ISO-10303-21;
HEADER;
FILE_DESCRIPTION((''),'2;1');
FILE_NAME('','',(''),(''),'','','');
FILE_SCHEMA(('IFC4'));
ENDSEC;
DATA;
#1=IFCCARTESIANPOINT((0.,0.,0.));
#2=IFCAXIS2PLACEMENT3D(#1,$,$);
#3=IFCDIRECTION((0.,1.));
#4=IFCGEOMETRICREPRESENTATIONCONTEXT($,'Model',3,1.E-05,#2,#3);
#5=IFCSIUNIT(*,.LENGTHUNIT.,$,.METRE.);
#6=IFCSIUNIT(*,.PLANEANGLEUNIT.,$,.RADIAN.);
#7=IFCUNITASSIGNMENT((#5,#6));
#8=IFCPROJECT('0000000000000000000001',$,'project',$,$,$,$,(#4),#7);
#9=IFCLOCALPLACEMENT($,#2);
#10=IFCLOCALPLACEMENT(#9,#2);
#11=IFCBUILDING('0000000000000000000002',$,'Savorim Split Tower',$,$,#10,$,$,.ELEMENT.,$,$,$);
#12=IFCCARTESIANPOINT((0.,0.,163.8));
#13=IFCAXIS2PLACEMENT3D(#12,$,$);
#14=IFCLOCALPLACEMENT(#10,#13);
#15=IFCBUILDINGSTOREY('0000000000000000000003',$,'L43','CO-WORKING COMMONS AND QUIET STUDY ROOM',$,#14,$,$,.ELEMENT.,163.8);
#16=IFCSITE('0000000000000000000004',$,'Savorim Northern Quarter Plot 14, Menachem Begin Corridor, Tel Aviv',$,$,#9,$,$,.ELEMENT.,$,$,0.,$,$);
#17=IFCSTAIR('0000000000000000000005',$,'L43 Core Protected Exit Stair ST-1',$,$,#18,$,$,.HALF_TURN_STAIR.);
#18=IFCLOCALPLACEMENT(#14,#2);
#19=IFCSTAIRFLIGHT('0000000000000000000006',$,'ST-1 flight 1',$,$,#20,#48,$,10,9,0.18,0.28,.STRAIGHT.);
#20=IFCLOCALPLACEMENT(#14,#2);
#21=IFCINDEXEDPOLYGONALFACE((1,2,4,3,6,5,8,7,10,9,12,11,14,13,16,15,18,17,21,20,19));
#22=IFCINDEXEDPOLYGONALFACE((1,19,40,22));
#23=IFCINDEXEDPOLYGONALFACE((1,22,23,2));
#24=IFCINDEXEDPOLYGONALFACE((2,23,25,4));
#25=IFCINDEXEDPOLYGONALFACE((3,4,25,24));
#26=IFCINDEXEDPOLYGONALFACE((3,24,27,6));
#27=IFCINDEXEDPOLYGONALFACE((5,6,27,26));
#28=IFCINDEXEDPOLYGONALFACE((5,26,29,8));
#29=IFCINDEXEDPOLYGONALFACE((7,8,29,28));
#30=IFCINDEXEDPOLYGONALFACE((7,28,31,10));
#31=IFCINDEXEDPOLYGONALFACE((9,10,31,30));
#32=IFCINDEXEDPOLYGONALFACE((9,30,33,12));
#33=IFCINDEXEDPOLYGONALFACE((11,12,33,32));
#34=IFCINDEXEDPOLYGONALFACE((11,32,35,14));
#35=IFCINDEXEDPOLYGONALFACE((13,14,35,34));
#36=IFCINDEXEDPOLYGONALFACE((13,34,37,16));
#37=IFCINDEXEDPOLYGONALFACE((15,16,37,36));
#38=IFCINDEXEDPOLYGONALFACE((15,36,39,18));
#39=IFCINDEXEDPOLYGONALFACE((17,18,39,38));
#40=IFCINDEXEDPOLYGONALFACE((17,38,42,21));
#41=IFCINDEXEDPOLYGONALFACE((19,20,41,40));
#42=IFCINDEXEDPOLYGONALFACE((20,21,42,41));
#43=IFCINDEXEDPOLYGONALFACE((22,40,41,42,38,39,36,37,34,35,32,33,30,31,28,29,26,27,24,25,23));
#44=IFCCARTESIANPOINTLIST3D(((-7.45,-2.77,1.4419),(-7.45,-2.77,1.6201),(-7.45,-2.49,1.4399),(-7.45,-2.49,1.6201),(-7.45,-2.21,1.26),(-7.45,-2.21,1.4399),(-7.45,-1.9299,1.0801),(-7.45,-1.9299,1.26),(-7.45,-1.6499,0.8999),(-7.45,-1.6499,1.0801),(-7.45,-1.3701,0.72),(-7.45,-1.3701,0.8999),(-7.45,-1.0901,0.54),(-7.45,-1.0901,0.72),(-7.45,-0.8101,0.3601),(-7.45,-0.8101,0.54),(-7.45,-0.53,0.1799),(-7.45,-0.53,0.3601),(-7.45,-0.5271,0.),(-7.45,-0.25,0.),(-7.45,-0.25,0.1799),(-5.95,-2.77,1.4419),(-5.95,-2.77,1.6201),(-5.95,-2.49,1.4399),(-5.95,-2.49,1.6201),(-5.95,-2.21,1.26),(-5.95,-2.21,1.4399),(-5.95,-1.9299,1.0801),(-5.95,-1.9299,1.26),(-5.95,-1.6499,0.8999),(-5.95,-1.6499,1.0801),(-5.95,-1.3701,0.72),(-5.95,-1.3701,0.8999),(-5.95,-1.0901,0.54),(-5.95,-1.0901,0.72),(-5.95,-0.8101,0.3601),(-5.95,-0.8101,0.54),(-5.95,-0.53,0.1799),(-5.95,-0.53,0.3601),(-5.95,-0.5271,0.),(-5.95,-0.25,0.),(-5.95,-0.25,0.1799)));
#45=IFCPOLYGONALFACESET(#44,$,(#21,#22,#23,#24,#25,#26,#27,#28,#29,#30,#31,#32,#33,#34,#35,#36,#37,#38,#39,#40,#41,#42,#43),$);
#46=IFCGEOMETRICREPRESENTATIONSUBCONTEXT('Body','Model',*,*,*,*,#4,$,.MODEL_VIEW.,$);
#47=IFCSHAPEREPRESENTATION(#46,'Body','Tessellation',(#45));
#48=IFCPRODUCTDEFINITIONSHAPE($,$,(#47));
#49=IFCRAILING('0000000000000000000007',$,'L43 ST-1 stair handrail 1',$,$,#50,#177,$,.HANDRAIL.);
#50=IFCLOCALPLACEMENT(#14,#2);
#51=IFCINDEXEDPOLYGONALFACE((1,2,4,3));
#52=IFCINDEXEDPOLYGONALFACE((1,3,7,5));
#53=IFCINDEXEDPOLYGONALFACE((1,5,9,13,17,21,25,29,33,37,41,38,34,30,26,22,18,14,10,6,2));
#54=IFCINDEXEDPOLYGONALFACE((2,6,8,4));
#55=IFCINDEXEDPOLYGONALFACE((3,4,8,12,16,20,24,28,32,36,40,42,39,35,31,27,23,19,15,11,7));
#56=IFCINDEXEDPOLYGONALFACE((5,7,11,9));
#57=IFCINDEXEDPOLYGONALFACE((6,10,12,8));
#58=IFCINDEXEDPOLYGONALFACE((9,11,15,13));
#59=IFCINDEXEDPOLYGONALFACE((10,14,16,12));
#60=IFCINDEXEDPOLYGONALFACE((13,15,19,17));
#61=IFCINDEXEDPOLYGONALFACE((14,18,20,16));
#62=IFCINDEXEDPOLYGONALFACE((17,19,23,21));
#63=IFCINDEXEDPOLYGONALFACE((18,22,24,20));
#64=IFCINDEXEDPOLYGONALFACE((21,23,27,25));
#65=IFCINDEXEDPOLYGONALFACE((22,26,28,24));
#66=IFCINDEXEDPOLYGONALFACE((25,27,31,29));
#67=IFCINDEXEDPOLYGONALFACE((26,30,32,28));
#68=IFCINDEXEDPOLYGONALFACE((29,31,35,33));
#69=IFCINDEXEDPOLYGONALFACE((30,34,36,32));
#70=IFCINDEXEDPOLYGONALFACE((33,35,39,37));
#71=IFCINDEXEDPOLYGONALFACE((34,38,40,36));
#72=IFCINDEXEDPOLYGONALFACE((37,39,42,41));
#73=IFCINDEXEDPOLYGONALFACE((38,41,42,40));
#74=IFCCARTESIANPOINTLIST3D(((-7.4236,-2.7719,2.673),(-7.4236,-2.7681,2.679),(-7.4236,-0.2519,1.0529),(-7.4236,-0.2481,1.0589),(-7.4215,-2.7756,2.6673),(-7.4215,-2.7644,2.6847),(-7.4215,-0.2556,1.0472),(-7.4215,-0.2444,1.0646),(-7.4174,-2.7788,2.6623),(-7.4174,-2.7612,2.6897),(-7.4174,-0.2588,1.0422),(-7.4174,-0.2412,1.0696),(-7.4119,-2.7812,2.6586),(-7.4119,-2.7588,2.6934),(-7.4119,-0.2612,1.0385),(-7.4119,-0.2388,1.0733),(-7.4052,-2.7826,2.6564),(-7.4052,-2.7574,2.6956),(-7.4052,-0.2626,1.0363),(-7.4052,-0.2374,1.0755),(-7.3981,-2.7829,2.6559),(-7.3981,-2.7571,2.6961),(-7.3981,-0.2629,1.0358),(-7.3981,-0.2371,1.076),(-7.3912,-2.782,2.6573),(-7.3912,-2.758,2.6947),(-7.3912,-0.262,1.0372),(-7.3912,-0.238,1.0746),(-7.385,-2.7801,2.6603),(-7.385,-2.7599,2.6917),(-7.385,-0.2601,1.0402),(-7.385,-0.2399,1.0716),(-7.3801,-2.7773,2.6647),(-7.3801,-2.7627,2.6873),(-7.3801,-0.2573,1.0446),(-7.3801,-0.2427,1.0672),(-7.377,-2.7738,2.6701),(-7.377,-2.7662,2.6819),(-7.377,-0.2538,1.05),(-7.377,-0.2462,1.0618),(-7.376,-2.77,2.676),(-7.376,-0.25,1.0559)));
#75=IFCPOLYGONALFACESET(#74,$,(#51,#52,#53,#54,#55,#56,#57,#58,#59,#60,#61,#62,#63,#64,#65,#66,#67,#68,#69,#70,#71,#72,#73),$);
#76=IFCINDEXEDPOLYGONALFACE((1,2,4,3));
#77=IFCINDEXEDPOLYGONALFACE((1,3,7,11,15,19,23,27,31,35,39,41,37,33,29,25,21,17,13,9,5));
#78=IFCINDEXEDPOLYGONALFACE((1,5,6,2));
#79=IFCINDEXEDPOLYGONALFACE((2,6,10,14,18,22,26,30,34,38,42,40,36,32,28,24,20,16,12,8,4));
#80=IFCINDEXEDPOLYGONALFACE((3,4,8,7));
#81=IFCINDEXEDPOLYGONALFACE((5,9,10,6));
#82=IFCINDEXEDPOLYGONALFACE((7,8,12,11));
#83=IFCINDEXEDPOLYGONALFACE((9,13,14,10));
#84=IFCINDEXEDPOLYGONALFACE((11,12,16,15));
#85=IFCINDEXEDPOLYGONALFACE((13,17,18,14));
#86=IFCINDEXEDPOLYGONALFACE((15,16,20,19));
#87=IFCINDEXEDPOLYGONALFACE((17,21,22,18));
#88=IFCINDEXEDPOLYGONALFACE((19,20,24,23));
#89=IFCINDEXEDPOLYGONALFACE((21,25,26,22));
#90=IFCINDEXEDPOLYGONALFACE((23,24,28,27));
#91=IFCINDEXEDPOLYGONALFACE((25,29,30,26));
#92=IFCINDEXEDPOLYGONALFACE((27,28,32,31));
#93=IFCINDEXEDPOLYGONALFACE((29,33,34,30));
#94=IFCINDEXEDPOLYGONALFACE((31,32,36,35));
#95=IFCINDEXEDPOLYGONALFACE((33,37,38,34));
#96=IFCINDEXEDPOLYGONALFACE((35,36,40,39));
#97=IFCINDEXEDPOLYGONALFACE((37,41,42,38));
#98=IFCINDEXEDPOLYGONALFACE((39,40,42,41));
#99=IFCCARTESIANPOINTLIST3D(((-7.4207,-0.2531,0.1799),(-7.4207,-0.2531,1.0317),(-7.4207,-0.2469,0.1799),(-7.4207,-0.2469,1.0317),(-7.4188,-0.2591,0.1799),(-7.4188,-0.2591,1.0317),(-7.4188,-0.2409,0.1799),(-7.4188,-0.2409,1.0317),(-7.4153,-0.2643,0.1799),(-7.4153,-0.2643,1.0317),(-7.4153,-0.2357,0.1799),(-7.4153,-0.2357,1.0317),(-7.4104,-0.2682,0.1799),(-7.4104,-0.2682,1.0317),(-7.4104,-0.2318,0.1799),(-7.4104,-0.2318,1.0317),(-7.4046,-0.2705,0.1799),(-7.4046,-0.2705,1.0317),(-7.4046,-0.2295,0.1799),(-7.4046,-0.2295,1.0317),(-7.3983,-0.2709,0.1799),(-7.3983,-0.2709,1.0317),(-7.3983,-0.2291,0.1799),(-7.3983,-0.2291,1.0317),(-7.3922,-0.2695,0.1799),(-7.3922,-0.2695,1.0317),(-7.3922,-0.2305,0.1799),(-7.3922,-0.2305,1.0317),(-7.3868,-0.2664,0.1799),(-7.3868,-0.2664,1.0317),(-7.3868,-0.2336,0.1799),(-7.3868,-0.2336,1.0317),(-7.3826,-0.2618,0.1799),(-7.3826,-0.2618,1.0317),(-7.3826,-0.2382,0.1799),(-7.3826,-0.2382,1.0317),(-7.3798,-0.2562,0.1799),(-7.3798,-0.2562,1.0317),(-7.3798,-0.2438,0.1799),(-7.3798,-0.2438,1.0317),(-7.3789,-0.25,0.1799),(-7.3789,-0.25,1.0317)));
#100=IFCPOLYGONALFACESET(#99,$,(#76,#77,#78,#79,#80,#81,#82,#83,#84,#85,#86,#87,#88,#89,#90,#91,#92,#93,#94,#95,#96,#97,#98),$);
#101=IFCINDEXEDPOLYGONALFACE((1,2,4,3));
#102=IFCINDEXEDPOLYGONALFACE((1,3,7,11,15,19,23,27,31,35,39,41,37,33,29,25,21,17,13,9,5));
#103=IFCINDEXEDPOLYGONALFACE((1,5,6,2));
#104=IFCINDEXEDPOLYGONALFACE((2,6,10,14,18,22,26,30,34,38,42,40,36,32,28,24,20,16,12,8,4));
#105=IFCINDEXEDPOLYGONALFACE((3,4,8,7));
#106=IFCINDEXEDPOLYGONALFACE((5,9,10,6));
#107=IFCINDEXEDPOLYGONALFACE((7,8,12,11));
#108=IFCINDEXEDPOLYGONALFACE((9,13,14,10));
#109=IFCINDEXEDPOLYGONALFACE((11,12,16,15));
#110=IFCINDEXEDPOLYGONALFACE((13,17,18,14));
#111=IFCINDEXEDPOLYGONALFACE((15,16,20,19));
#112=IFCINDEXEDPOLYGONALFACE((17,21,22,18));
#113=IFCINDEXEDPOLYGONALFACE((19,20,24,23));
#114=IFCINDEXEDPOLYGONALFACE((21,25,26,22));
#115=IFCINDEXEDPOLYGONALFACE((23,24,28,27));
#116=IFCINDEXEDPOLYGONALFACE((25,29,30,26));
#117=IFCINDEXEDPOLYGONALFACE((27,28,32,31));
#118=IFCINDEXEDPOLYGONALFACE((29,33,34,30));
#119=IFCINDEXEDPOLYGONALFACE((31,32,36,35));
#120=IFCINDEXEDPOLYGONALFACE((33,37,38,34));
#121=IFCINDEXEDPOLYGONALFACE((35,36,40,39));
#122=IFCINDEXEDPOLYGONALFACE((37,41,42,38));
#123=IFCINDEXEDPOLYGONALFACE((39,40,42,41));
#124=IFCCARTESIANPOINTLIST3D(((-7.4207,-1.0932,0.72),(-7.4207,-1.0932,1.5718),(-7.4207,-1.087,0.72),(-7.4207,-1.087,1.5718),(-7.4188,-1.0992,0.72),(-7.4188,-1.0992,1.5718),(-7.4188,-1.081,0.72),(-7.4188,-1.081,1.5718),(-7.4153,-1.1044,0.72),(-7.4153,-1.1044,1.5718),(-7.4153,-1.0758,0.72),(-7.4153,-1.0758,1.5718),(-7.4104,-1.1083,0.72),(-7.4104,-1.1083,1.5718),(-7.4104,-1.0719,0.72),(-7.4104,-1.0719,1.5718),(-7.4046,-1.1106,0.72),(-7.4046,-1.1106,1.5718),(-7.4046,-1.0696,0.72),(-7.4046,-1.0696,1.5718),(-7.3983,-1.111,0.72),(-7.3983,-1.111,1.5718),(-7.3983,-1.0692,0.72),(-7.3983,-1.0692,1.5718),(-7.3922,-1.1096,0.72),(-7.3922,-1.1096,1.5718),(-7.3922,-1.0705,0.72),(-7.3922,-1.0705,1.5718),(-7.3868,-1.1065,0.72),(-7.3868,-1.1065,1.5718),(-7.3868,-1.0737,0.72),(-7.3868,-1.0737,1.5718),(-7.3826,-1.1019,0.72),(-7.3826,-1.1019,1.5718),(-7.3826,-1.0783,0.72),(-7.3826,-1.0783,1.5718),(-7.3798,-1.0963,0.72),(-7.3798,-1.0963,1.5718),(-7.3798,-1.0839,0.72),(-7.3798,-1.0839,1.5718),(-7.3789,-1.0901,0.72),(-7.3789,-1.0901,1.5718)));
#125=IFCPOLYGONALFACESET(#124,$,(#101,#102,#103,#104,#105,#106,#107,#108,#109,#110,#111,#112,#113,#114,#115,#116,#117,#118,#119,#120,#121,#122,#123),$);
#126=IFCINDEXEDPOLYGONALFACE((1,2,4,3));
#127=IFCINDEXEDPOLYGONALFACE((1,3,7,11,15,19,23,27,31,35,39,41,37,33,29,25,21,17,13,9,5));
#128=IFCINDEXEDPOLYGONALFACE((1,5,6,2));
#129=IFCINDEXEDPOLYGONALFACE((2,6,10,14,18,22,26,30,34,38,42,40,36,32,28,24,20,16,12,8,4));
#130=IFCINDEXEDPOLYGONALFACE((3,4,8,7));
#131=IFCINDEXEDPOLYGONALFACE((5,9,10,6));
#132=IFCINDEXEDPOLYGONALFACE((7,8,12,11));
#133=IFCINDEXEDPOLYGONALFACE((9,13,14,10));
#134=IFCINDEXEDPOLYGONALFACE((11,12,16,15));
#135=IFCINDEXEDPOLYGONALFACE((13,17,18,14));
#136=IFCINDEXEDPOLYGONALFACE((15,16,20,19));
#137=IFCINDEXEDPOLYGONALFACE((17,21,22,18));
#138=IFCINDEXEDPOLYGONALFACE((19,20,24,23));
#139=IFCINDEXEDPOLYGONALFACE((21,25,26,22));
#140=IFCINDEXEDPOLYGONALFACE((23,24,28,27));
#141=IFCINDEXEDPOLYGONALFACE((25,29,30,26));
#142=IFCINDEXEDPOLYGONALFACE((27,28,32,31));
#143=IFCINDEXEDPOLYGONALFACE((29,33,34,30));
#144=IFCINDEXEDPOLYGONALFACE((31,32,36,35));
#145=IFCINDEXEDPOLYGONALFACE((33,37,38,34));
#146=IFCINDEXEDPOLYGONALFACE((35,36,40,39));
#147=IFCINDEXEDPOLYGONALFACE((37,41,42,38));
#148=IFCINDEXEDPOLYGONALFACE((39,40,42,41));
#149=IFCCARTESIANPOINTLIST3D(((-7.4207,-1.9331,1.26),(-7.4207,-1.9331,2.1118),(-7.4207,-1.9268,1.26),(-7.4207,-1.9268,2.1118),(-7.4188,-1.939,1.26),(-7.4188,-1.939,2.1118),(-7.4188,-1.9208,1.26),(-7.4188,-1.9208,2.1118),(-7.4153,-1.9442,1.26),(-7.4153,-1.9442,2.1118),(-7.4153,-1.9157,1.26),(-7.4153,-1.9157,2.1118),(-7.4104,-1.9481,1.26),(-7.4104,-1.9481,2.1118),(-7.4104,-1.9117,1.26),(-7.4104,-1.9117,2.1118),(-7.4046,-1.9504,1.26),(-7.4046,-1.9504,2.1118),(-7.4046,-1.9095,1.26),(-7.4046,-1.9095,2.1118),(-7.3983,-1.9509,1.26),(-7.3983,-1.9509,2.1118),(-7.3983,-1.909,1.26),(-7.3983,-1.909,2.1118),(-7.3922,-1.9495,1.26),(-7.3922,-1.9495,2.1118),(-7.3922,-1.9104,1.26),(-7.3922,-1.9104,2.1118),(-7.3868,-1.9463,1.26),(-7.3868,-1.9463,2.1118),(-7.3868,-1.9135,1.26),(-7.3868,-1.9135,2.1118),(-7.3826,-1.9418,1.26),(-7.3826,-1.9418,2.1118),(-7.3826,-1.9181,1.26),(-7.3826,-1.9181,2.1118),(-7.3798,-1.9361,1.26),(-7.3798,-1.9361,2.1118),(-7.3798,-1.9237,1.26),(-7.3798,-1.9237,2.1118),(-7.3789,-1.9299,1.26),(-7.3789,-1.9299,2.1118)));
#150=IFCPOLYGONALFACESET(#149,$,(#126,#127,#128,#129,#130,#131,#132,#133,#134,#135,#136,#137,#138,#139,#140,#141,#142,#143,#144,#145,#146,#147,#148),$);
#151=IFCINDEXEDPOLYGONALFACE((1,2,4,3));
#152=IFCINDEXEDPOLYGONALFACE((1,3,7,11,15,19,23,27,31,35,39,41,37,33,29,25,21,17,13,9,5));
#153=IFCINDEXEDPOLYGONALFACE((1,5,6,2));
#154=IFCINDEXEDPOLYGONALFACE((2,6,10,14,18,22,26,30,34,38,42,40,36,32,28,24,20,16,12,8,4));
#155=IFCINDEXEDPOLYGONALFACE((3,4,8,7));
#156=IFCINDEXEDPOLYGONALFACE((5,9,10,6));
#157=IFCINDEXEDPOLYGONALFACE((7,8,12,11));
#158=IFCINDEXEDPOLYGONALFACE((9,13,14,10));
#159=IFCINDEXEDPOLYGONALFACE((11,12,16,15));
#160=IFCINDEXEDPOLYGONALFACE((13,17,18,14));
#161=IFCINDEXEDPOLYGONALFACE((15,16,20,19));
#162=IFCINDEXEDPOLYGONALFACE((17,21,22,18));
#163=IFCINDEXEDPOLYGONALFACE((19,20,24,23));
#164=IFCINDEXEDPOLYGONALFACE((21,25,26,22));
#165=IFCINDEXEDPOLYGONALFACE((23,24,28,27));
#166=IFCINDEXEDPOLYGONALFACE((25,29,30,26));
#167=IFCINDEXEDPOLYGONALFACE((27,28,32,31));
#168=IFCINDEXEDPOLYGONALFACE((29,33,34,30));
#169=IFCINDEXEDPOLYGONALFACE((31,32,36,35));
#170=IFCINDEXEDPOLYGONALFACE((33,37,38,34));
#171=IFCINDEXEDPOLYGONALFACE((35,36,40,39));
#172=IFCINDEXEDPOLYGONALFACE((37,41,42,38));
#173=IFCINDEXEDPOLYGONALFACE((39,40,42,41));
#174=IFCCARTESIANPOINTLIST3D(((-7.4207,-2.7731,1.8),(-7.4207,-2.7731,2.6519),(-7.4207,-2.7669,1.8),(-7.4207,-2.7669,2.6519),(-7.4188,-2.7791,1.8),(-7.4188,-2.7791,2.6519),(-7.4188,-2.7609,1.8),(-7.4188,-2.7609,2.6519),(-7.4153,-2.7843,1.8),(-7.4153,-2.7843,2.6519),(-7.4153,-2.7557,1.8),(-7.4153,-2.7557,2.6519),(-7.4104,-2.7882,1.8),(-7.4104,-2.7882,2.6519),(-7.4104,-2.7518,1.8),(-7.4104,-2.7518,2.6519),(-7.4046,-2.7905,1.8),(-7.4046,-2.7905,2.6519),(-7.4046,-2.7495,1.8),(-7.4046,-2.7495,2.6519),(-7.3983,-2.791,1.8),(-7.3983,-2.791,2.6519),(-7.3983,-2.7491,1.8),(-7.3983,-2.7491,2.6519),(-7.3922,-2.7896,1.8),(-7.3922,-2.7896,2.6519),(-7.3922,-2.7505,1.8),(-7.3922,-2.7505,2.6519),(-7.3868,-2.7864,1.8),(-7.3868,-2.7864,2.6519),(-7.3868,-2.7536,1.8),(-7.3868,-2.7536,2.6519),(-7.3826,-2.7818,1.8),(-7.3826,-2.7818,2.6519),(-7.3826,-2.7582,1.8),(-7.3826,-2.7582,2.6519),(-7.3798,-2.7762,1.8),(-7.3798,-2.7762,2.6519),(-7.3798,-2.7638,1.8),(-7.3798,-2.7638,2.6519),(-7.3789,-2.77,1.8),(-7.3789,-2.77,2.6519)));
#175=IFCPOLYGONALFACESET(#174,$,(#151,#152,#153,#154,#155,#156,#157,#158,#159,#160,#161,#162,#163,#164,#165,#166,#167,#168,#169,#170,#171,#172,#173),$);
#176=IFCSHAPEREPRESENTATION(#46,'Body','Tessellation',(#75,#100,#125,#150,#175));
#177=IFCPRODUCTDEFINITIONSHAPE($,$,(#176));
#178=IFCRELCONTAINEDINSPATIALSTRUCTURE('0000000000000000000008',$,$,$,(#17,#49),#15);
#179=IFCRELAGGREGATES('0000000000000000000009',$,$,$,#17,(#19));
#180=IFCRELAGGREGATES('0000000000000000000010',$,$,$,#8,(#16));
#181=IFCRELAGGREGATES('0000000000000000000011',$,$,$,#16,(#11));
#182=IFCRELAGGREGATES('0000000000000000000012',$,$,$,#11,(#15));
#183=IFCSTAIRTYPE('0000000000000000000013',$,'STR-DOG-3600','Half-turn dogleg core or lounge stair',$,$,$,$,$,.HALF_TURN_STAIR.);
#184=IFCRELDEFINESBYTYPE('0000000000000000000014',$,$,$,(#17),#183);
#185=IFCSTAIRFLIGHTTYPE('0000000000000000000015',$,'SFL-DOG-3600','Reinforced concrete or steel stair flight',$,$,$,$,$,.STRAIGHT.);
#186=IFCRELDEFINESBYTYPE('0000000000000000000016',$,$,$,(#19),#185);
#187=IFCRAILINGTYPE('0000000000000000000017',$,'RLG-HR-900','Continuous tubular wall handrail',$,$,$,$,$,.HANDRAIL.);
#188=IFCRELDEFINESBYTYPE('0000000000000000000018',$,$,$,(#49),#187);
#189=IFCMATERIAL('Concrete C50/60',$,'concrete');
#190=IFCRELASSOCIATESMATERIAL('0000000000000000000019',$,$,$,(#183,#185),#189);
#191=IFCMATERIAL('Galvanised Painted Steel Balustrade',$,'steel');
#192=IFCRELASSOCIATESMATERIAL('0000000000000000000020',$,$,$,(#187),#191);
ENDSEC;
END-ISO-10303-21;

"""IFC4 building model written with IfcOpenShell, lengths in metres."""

from ifc_helpers import new_model, si_unit, direction, frame, origin, origin_2d, place, context, subcontext, project, spatial, polyline, circle, outline, extrude, material, type_object, element, aggregate, save


model = new_model("IFC4")

# Units and contexts
model_context = context("Model", 3, precision=1e-05, world=origin(), true_north=direction((0.0, 1.0)))
body_context = subcontext(model_context, "Body", "Model", "MODEL_VIEW")
ifc_project = project(units=[si_unit("LENGTHUNIT", "METRE"), si_unit("PLANEANGLEUNIT", "RADIAN")], contexts=[model_context])

# Site, building, storey
site_placement = place(None, origin())
site = spatial("IfcSite", under=ifc_project, at=site_placement, Name="Savorim Northern Quarter Plot 14, Menachem Begin Corridor, Tel Aviv", CompositionType="ELEMENT", RefElevation=0.0)
building_placement = place(site_placement, origin())
building = spatial("IfcBuilding", under=site, at=building_placement, Name="Savorim Split Tower", CompositionType="ELEMENT")
storey_placement = place(building_placement, frame((0.0, 0.0, 163.8)))
storey = spatial("IfcBuildingStorey", under=building, at=storey_placement, Name="L43", Description="CO-WORKING COMMONS AND QUIET STUDY ROOM", CompositionType="ELEMENT", Elevation=163.8)

# Shared definitions
ifc_material_1 = material(Name="Concrete C50/60", Category="concrete")

# Stair, stair flight
stair_type = type_object("IfcStairType", Name="STR-DOG-3600", Description="Half-turn dogleg core or lounge stair", PredefinedType="HALF_TURN_STAIR", material=ifc_material_1)
stair_placement = place(storey_placement, origin())
stair = element("IfcStair", 1, at=stair_placement, inside=storey, type_object=stair_type, Name="L43 Core Protected Exit Stair ST-1", PredefinedType="HALF_TURN_STAIR")
stair_flight_type = type_object("IfcStairFlightType", Name="SFL-DOG-3600", Description="Reinforced concrete or steel stair flight", PredefinedType="STRAIGHT", material=ifc_material_1)
stair_flight_placement = place(storey_placement, frame((-6.7, -0.25, 0.0), z_axis=(0.0, 0.0, 1.0), x_axis=(0.0, -1.0, 0.0)))
stair_flight = element("IfcStairFlight", 2, at=stair_flight_placement, type_object=stair_flight_type, Name="ST-1 flight 1", NumberOfRisers=10, NumberOfTreads=9, PredefinedType="STRAIGHT", RiserHeight=0.18, TreadLength=0.28, context=body_context, shape_type="SweptSolid", body=[
    extrude(outline(polyline([(0.0, 0.0), (0.0, 0.1799), (0.28, 0.1799), (0.28, 0.3601), (0.5601, 0.3601), (0.5601, 0.54), (0.8401, 0.54), (0.8401, 0.72), (1.1201, 0.72), (1.1201, 0.8999), (1.3999, 0.8999), (1.3999, 1.0801), (1.6799, 1.0801), (1.6799, 1.26), (1.96, 1.26), (1.96, 1.4399), (2.24, 1.4399), (2.24, 1.6201), (2.52, 1.6201), (2.52, 1.8), (2.52, 1.4419), (0.2771, 0.0), (0.0, 0.0)])), frame((0.0, 0.75, 0.0), z_axis=(0.0, -1.0, 0.0), x_axis=(1.0, 0.0, 0.0)), (0.0, 0.0, 1.0), 1.5),
])
aggregate(stair, [stair_flight])

# Railing
ifc_material_2 = material(Name="Galvanised Painted Steel Balustrade", Category="steel")
railing_type_1 = type_object("IfcRailingType", Name="RLG-HR-900", Description="Continuous tubular wall handrail", PredefinedType="HANDRAIL", material=ifc_material_2)
railing_1_placement = place(storey_placement, frame((-7.3999, -0.25, 0.1799)))
element("IfcRailing", 3, at=railing_1_placement, inside=storey, type_object=railing_type_1, Name="L43 ST-1 stair handrail 1", PredefinedType="HANDRAIL", context=body_context, shape_type="SweptSolid", body=[
    extrude(circle(Radius=0.0239, at=origin_2d()), frame((0.0, 0.0, 0.876), z_axis=(0.0, -0.841163, 0.540782), x_axis=(1.0, 0.0, 0.0)), (0.0, 0.0, 1.0), 2.9958),
    extrude(circle(Radius=0.021, at=origin_2d()), origin(), (0.0, 0.0, 1.0), 0.8518),
    extrude(circle(Radius=0.021, at=origin_2d()), frame((0.0, -0.8401, 0.54)), (0.0, 0.0, 1.0), 0.8518),
    extrude(circle(Radius=0.021, at=origin_2d()), frame((0.0, -1.6799, 1.0801)), (0.0, 0.0, 1.0), 0.8518),
    extrude(circle(Radius=0.021, at=origin_2d()), frame((0.0, -2.52, 1.6201)), (0.0, 0.0, 1.0), 0.8518),
])

save(model, "model.ifc")
